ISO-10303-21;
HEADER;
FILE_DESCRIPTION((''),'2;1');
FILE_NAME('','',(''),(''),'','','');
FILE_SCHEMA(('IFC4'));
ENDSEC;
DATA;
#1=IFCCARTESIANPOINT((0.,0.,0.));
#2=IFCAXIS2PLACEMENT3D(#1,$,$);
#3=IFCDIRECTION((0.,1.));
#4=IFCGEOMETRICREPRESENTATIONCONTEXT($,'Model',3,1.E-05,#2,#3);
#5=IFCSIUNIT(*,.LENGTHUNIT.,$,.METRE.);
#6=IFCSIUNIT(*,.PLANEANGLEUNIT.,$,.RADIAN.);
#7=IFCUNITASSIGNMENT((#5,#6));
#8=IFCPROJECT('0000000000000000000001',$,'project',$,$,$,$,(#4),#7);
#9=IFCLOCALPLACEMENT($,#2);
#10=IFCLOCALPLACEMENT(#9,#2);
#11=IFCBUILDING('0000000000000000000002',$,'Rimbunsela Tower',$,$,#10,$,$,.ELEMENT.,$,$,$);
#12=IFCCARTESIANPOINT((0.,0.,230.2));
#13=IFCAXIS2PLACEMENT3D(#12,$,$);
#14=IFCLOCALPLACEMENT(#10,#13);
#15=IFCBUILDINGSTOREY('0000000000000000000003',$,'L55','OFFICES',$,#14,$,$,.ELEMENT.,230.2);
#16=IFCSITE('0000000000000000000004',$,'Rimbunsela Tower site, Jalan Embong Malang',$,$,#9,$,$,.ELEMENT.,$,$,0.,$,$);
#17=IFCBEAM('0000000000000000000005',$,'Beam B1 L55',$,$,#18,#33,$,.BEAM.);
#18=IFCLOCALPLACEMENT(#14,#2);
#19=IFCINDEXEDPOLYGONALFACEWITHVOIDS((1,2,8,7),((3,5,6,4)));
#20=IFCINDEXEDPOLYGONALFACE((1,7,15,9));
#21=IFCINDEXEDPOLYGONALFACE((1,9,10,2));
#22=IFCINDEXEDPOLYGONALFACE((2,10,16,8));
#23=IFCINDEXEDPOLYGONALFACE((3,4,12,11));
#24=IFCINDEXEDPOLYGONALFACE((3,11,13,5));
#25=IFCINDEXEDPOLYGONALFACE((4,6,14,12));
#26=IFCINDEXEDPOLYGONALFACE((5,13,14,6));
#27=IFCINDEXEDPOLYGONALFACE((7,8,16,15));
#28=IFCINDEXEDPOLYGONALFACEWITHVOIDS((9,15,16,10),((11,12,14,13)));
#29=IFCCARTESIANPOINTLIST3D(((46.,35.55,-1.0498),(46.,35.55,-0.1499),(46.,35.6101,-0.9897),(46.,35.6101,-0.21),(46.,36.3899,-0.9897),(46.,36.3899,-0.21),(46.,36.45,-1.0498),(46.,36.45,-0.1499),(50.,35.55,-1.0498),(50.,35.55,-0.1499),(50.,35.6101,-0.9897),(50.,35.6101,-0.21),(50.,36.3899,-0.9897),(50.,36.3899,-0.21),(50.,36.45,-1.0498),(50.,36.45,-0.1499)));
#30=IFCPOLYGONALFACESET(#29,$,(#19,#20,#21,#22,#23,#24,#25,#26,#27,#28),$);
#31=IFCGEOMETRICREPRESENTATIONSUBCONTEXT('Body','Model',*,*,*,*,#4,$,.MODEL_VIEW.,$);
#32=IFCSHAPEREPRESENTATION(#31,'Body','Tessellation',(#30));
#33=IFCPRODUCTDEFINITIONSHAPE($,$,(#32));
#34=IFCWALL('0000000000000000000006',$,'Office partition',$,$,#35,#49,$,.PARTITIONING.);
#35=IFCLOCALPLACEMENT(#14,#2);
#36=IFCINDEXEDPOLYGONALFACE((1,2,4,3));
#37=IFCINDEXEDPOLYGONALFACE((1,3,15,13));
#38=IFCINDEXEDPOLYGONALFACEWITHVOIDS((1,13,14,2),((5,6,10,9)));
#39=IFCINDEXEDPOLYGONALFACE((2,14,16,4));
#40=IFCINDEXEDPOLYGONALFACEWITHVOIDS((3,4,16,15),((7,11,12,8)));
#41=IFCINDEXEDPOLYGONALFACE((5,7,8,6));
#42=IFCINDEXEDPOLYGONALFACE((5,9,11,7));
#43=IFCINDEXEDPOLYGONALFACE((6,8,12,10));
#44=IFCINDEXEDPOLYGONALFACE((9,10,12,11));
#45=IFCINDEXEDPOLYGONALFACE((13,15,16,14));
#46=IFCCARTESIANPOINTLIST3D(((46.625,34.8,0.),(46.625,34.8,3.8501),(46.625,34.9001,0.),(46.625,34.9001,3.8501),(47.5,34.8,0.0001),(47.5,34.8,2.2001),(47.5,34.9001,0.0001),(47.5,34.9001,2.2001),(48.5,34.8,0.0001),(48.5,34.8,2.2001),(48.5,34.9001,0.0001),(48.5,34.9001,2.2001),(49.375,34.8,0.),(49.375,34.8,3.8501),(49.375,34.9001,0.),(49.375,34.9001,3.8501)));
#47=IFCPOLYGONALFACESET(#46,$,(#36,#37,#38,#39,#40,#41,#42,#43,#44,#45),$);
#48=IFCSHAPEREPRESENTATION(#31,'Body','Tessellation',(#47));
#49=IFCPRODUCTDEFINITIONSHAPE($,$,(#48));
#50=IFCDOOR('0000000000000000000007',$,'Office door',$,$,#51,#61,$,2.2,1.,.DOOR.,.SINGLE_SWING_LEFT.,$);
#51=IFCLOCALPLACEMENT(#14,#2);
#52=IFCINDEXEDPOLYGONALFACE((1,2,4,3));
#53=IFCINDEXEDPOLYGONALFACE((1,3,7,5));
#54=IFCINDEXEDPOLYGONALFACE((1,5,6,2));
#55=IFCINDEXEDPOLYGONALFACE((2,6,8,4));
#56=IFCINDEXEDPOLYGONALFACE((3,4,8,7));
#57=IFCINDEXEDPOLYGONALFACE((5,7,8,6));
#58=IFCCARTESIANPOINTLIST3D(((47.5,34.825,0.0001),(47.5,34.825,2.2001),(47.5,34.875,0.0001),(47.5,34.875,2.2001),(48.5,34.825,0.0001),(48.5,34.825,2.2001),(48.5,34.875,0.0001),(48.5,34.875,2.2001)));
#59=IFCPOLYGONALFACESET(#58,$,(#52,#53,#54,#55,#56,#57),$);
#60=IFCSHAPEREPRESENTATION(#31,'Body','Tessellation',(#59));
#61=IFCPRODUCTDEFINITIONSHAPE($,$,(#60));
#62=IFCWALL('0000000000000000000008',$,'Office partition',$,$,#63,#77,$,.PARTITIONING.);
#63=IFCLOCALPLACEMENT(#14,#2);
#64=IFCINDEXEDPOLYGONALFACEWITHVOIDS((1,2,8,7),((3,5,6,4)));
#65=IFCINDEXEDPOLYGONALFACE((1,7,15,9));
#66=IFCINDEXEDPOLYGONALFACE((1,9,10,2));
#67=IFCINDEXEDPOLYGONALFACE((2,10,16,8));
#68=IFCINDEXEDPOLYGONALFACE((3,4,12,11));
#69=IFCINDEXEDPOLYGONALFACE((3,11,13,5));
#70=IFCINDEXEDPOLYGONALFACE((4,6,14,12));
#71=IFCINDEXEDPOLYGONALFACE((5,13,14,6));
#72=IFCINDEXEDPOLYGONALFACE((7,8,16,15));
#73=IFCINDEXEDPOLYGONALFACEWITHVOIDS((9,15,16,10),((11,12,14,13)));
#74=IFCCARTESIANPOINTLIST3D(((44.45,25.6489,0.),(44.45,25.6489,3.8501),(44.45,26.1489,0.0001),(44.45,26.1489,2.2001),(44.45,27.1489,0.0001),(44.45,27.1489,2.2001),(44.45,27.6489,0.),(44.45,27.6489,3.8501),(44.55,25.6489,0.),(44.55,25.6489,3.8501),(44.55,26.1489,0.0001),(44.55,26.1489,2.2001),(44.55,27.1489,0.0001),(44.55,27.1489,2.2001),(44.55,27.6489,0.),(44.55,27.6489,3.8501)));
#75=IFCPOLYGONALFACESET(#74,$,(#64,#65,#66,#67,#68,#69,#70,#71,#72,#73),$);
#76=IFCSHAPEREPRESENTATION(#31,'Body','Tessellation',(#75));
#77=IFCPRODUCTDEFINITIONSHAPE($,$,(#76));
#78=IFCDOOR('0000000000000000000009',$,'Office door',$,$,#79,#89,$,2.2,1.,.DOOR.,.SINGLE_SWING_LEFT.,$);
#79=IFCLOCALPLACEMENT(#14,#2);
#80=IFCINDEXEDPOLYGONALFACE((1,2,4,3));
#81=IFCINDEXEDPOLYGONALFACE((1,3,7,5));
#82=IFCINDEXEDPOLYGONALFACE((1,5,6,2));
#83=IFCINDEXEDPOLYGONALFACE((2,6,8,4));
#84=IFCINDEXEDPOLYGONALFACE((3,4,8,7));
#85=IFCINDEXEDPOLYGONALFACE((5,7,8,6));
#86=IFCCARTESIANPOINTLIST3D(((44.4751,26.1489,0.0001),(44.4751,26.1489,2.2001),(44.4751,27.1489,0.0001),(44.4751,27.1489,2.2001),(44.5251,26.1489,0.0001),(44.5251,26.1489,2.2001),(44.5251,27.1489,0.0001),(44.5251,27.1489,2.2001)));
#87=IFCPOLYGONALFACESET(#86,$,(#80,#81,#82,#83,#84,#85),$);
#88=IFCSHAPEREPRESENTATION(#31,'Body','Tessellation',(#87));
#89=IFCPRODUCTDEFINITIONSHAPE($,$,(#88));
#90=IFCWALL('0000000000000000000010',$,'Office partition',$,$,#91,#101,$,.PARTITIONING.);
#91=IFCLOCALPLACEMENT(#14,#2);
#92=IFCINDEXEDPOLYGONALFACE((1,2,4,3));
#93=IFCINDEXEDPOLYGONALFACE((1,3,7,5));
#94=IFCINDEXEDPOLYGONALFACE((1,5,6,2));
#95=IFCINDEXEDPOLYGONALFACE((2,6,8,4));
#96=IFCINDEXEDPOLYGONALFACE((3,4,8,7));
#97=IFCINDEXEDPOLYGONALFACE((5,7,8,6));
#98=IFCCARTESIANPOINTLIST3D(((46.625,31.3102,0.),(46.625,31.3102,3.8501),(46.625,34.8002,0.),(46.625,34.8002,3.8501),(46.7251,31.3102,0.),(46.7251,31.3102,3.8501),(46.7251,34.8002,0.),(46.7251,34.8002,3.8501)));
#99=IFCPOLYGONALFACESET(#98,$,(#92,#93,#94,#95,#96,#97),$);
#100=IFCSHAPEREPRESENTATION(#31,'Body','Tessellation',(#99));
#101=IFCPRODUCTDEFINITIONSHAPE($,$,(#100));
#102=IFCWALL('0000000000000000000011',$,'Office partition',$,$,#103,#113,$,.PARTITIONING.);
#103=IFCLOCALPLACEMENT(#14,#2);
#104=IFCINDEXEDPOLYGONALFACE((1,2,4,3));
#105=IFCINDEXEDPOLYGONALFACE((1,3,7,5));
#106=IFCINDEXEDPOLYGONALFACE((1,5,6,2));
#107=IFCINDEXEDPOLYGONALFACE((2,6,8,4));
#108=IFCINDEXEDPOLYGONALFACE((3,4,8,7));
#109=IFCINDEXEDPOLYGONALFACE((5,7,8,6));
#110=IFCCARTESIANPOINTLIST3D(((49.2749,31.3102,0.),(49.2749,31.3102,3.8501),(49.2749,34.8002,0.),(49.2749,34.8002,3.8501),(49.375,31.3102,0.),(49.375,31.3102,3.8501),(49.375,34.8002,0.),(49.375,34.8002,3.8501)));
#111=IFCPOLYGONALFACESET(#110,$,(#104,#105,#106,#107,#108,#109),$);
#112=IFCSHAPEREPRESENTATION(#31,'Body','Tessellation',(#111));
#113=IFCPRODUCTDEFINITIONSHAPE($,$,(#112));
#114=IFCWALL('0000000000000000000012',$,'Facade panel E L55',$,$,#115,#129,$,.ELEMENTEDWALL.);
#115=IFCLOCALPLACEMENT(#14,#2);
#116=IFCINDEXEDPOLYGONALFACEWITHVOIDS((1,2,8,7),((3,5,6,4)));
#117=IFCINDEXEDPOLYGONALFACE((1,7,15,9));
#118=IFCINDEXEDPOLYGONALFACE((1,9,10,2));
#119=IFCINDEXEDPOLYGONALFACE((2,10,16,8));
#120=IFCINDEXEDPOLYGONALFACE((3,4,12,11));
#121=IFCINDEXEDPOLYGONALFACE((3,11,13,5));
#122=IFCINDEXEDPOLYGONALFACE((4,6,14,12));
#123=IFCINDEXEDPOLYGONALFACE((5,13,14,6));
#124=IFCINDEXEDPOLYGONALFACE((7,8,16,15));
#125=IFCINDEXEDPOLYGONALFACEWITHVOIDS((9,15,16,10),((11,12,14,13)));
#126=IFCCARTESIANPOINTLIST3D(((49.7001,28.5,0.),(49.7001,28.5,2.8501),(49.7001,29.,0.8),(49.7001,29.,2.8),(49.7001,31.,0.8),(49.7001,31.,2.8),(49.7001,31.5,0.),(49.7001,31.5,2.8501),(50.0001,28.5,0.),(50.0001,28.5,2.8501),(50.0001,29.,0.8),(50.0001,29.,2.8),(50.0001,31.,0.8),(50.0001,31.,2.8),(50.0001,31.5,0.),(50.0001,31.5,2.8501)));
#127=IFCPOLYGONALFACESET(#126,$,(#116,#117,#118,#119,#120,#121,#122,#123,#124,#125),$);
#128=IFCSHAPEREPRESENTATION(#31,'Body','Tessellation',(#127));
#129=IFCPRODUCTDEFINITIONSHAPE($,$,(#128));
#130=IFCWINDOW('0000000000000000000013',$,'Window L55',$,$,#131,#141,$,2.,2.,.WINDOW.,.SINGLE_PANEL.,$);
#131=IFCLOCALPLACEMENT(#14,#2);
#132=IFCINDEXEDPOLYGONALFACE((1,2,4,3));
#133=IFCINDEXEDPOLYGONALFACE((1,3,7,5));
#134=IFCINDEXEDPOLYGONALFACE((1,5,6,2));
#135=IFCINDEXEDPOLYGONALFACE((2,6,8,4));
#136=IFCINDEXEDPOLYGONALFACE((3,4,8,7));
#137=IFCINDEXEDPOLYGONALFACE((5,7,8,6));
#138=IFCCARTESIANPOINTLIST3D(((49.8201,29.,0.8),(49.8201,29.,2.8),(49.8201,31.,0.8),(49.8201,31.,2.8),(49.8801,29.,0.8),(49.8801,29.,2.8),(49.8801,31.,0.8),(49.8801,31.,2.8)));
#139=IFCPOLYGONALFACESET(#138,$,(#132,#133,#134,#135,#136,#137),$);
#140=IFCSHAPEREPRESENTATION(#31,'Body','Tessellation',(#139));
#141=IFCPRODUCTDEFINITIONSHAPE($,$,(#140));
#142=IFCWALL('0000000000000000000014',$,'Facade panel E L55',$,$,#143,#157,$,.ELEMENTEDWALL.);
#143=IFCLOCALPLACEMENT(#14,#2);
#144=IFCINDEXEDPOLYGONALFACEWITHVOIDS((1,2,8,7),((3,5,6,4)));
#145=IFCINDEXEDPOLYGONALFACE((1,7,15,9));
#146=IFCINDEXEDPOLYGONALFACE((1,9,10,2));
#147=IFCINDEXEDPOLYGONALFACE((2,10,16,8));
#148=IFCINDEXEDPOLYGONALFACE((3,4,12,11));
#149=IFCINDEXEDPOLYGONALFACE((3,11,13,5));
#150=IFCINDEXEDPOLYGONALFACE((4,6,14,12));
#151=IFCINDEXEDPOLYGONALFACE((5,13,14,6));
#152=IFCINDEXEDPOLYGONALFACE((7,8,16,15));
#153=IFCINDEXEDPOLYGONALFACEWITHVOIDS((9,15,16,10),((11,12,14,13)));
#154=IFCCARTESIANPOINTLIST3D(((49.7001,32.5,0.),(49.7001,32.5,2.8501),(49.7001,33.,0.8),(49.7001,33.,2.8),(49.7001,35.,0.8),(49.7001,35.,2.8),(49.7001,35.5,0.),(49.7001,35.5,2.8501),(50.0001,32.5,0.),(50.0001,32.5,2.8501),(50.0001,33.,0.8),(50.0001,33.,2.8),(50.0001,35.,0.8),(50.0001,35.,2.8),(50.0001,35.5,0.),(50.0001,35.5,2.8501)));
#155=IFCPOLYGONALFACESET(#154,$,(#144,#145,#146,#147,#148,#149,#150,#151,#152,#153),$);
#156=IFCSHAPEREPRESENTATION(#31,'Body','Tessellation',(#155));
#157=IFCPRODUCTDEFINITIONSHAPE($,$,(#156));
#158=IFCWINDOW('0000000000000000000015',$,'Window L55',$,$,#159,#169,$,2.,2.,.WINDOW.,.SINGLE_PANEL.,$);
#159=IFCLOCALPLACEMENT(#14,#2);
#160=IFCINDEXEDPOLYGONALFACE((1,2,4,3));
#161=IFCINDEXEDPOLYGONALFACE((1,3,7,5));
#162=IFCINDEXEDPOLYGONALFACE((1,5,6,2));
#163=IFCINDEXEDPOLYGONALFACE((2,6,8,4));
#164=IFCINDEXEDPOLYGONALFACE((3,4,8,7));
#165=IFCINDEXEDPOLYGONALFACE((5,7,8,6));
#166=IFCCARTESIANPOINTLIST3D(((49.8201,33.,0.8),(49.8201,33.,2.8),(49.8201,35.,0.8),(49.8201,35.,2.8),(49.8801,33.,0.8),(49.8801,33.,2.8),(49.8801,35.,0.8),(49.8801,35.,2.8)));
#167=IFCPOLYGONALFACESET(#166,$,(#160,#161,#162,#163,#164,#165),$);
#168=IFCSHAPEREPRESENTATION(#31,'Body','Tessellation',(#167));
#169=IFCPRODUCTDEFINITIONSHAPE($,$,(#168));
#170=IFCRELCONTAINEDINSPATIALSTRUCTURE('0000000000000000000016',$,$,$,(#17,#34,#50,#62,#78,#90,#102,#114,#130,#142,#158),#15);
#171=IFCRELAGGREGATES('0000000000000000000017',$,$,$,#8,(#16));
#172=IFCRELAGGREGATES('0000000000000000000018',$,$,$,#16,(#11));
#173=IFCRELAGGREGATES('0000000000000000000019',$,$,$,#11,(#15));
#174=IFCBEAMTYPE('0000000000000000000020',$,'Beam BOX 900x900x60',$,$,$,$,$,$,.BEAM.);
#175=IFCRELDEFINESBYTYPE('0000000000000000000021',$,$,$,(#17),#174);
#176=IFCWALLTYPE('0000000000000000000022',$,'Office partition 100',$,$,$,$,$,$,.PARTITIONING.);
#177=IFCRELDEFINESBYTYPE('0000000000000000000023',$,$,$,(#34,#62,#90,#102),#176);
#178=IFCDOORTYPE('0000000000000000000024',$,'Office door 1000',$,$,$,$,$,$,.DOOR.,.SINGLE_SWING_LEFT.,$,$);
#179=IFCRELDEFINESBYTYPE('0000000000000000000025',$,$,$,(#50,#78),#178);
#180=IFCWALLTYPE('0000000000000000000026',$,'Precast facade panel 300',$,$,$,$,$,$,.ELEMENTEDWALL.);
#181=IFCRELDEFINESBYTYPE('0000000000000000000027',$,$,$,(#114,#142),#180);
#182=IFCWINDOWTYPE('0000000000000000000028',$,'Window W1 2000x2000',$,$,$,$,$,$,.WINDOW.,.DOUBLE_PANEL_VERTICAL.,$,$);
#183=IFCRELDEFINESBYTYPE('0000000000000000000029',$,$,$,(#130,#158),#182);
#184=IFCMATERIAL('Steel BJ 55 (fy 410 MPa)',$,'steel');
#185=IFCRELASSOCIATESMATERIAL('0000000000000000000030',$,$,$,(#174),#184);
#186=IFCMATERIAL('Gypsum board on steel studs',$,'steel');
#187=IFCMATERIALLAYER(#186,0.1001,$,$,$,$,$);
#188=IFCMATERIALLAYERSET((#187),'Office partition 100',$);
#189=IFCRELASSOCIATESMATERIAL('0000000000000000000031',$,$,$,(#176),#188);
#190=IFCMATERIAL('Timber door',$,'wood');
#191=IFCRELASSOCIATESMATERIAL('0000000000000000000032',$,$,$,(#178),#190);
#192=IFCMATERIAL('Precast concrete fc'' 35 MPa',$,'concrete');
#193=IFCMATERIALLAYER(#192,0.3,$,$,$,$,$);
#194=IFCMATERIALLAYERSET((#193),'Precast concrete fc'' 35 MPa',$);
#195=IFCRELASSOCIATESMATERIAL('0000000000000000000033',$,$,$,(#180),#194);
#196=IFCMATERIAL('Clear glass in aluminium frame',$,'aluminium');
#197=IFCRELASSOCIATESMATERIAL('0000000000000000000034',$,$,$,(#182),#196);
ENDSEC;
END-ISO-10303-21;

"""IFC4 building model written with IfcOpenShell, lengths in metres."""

from ifc_helpers import new_model, si_unit, direction, frame, frame_2d, origin, origin_2d, place, context, subcontext, project, spatial, rectangle, hollow_rectangle, extrude, material, layer, layer_set, material_profile, profile_set, type_object, element, fill, save


model = new_model("IFC4")

# Units and contexts
model_context = context("Model", 3, precision=1e-05, world=origin(), true_north=direction((0.0, 1.0)))
body_context = subcontext(model_context, "Body", "Model", "MODEL_VIEW")
ifc_project = project(units=[si_unit("LENGTHUNIT", "METRE"), si_unit("PLANEANGLEUNIT", "RADIAN")], contexts=[model_context])

# Site, building, storey
site_placement = place(None, origin())
site = spatial("IfcSite", under=ifc_project, at=site_placement, Name="Rimbunsela Tower site, Jalan Embong Malang", CompositionType="ELEMENT", RefElevation=0.0)
building_placement = place(site_placement, origin())
building = spatial("IfcBuilding", under=site, at=building_placement, Name="Rimbunsela Tower", CompositionType="ELEMENT")
storey_placement = place(building_placement, frame((0.0, 0.0, 230.2)))
storey = spatial("IfcBuildingStorey", under=building, at=storey_placement, Name="L55", Description="OFFICES", CompositionType="ELEMENT", Elevation=230.2)

# Beam
ifc_material_1 = material(Name="Steel BJ 55 (fy 410 MPa)", Category="steel")
ifc_material_profile_1 = material_profile(ifc_material_1, hollow_rectangle(XDim=0.8999, YDim=0.8999, WallThickness=0.0601, at=origin_2d()), Name="BOX 900x900x60")
ifc_profile_set_1 = profile_set([ifc_material_profile_1], Name="Steel BJ 55 (fy 410 MPa)")
beam_type_1 = type_object("IfcBeamType", Name="Beam BOX 900x900x60", PredefinedType="BEAM", material=ifc_profile_set_1)
beam_1_placement = place(storey_placement, frame((46.0, 36.0, -0.5999), z_axis=(1.0, 0.0, 0.0), x_axis=(0.0, 1.0, 0.0)))
element("IfcBeam", 1, at=beam_1_placement, inside=storey, type_object=beam_type_1, Name="Beam B1 L55", PredefinedType="BEAM", context=body_context, shape_type="SweptSolid", body=[
    extrude(hollow_rectangle(XDim=0.8999, YDim=0.8999, WallThickness=0.0601, at=origin_2d()), origin(), (0.0, 0.0, 1.0), 4.0),
])

# Walls, openings, doors
ifc_material_2 = material(Name="Gypsum board on steel studs", Category="steel")
ifc_layer_1 = layer(ifc_material_2, 0.1001)
ifc_layer_set_1 = layer_set([ifc_layer_1], Name="Office partition 100")
wall_type_1 = type_object("IfcWallType", Name="Office partition 100", PredefinedType="PARTITIONING", material=ifc_layer_set_1)
wall_1_placement = place(storey_placement, frame((46.625, 34.8501, 0.0), z_axis=(0.0, 0.0, 1.0), x_axis=(1.0, 0.0, 0.0)))
wall_1 = element("IfcWall", 2, at=wall_1_placement, inside=storey, type_object=wall_type_1, Name="Office partition", PredefinedType="PARTITIONING", context=body_context, shape_type="SweptSolid", body=[
    extrude(rectangle(XDim=2.75, YDim=0.1001, at=frame_2d((1.375, 0.0))), origin(), (0.0, 0.0, 1.0), 3.8501),
])
opening_1_placement = place(wall_1_placement, frame((0.875, 0.0, 0.0)))
opening_1 = element("IfcOpeningElement", 3, at=opening_1_placement, cuts=wall_1, PredefinedType="OPENING", context=body_context, shape_type="SweptSolid", body=[
    extrude(rectangle(XDim=1.0, YDim=2.2, at=frame_2d((0.5, 1.1001))), frame((0.0, 0.0601, 0.0), z_axis=(0.0, -1.0, 0.0), x_axis=(1.0, 0.0, 0.0)), (0.0, 0.0, 1.0), 0.1201),
])
ifc_material_3 = material(Name="Timber door", Category="wood")
door_type = type_object("IfcDoorType", Name="Office door 1000", OperationType="SINGLE_SWING_LEFT", PredefinedType="DOOR", material=ifc_material_3)
door_1_placement = place(opening_1_placement, origin())
door_1 = element("IfcDoor", 4, at=door_1_placement, inside=storey, type_object=door_type, Name="Office door", OperationType="SINGLE_SWING_LEFT", OverallHeight=2.2, OverallWidth=1.0, PredefinedType="DOOR", context=body_context, shape_type="SweptSolid", body=[
    extrude(rectangle(XDim=1.0, YDim=2.2, at=frame_2d((0.5, 1.1001))), frame((0.0, 0.0249, 0.0), z_axis=(0.0, -1.0, 0.0), x_axis=(1.0, 0.0, 0.0)), (0.0, 0.0, 1.0), 0.05),
])
fill(opening_1, door_1)
wall_2_placement = place(storey_placement, frame((44.5, 25.6489, 0.0), z_axis=(0.0, 0.0, 1.0), x_axis=(0.0, 1.0, 0.0)))
wall_2 = element("IfcWall", 5, at=wall_2_placement, inside=storey, type_object=wall_type_1, Name="Office partition", PredefinedType="PARTITIONING", context=body_context, shape_type="SweptSolid", body=[
    extrude(rectangle(XDim=2.0, YDim=0.1001, at=frame_2d((1.0, 0.0))), origin(), (0.0, 0.0, 1.0), 3.8501),
])
opening_2_placement = place(wall_2_placement, frame((0.5, 0.0, 0.0)))
opening_2 = element("IfcOpeningElement", 6, at=opening_2_placement, cuts=wall_2, PredefinedType="OPENING", context=body_context, shape_type="SweptSolid", body=[
    extrude(rectangle(XDim=1.0, YDim=2.2, at=frame_2d((0.5, 1.1001))), frame((0.0, 0.0601, 0.0), z_axis=(0.0, -1.0, 0.0), x_axis=(1.0, 0.0, 0.0)), (0.0, 0.0, 1.0), 0.1201),
])
door_2_placement = place(opening_2_placement, origin())
door_2 = element("IfcDoor", 7, at=door_2_placement, inside=storey, type_object=door_type, Name="Office door", OperationType="SINGLE_SWING_LEFT", OverallHeight=2.2, OverallWidth=1.0, PredefinedType="DOOR", context=body_context, shape_type="SweptSolid", body=[
    extrude(rectangle(XDim=1.0, YDim=2.2, at=frame_2d((0.5, 1.1001))), frame((0.0, 0.0249, 0.0), z_axis=(0.0, -1.0, 0.0), x_axis=(1.0, 0.0, 0.0)), (0.0, 0.0, 1.0), 0.05),
])
fill(opening_2, door_2)

# Walls
for number, where, z_axis, x_axis, name in (
    (8, (46.675, 31.3101, 0.0), (0.0, 0.0, 1.0), (0.0, 1.0, 0.0), "Office partition"),
    (9, (49.325, 31.3101, 0.0), (0.0, 0.0, 1.0), (0.0, 1.0, 0.0), "Office partition"),
):
    element("IfcWall", number, at=place(storey_placement, frame(where, z_axis=z_axis, x_axis=x_axis)), inside=storey, type_object=wall_type_1, Name=name, PredefinedType="PARTITIONING", context=body_context, shape_type="SweptSolid", body=[
        extrude(rectangle(XDim=3.49, YDim=0.1001, at=frame_2d((1.7451, 0.0))), origin(), (0.0, 0.0, 1.0), 3.8501),
    ])

# Walls, openings, windows
ifc_material_4 = material(Name="Precast concrete fc' 35 MPa", Category="concrete")
ifc_layer_2 = layer(ifc_material_4, 0.3)
ifc_layer_set_2 = layer_set([ifc_layer_2], Name="Precast concrete fc' 35 MPa")
wall_type_2 = type_object("IfcWallType", Name="Precast facade panel 300", PredefinedType="ELEMENTEDWALL", material=ifc_layer_set_2)
wall_3_placement = place(storey_placement, frame((49.8501, 28.5, 0.0), z_axis=(0.0, 0.0, 1.0), x_axis=(0.0, 1.0, 0.0)))
wall_3 = element("IfcWall", 10, at=wall_3_placement, inside=storey, type_object=wall_type_2, Name="Facade panel E L55", PredefinedType="ELEMENTEDWALL", context=body_context, shape_type="SweptSolid", body=[
    extrude(rectangle(XDim=3.0, YDim=0.3, at=frame_2d((1.5, 0.0))), origin(), (0.0, 0.0, 1.0), 2.8501),
])
opening_3_placement = place(wall_3_placement, frame((0.5, 0.0, 0.8)))
opening_3 = element("IfcOpeningElement", 11, at=opening_3_placement, cuts=wall_3, PredefinedType="OPENING", context=body_context, shape_type="SweptSolid", body=[
    extrude(rectangle(XDim=2.0, YDim=2.0, at=frame_2d((1.0, 1.0))), frame((0.0, 0.1599, 0.0), z_axis=(0.0, -1.0, 0.0), x_axis=(1.0, 0.0, 0.0)), (0.0, 0.0, 1.0), 0.3201),
])
ifc_material_5 = material(Name="Clear glass in aluminium frame", Category="aluminium")
window_type = type_object("IfcWindowType", Name="Window W1 2000x2000", PartitioningType="DOUBLE_PANEL_VERTICAL", PredefinedType="WINDOW", material=ifc_material_5)
window_1_placement = place(opening_3_placement, origin())
window_1 = element("IfcWindow", 12, at=window_1_placement, inside=storey, type_object=window_type, Name="Window L55", OverallHeight=2.0, OverallWidth=2.0, PartitioningType="SINGLE_PANEL", PredefinedType="WINDOW", context=body_context, shape_type="SweptSolid", body=[
    extrude(rectangle(XDim=2.0, YDim=2.0, at=frame_2d((1.0, 1.0))), frame((0.0, 0.03, 0.0), z_axis=(0.0, -1.0, 0.0), x_axis=(1.0, 0.0, 0.0)), (0.0, 0.0, 1.0), 0.0601),
])
fill(opening_3, window_1)
wall_4_placement = place(storey_placement, frame((49.8501, 32.5, 0.0), z_axis=(0.0, 0.0, 1.0), x_axis=(0.0, 1.0, 0.0)))
wall_4 = element("IfcWall", 13, at=wall_4_placement, inside=storey, type_object=wall_type_2, Name="Facade panel E L55", PredefinedType="ELEMENTEDWALL", context=body_context, shape_type="SweptSolid", body=[
    extrude(rectangle(XDim=3.0, YDim=0.3, at=frame_2d((1.5, 0.0))), origin(), (0.0, 0.0, 1.0), 2.8501),
])
opening_4_placement = place(wall_4_placement, frame((0.5, 0.0, 0.8)))
opening_4 = element("IfcOpeningElement", 14, at=opening_4_placement, cuts=wall_4, PredefinedType="OPENING", context=body_context, shape_type="SweptSolid", body=[
    extrude(rectangle(XDim=2.0, YDim=2.0, at=frame_2d((1.0, 1.0))), frame((0.0, 0.1599, 0.0), z_axis=(0.0, -1.0, 0.0), x_axis=(1.0, 0.0, 0.0)), (0.0, 0.0, 1.0), 0.3201),
])
window_2_placement = place(opening_4_placement, origin())
window_2 = element("IfcWindow", 15, at=window_2_placement, inside=storey, type_object=window_type, Name="Window L55", OverallHeight=2.0, OverallWidth=2.0, PartitioningType="SINGLE_PANEL", PredefinedType="WINDOW", context=body_context, shape_type="SweptSolid", body=[
    extrude(rectangle(XDim=2.0, YDim=2.0, at=frame_2d((1.0, 1.0))), frame((0.0, 0.03, 0.0), z_axis=(0.0, -1.0, 0.0), x_axis=(1.0, 0.0, 0.0)), (0.0, 0.0, 1.0), 0.0601),
])
fill(opening_4, window_2)

save(model, "model.ifc")
